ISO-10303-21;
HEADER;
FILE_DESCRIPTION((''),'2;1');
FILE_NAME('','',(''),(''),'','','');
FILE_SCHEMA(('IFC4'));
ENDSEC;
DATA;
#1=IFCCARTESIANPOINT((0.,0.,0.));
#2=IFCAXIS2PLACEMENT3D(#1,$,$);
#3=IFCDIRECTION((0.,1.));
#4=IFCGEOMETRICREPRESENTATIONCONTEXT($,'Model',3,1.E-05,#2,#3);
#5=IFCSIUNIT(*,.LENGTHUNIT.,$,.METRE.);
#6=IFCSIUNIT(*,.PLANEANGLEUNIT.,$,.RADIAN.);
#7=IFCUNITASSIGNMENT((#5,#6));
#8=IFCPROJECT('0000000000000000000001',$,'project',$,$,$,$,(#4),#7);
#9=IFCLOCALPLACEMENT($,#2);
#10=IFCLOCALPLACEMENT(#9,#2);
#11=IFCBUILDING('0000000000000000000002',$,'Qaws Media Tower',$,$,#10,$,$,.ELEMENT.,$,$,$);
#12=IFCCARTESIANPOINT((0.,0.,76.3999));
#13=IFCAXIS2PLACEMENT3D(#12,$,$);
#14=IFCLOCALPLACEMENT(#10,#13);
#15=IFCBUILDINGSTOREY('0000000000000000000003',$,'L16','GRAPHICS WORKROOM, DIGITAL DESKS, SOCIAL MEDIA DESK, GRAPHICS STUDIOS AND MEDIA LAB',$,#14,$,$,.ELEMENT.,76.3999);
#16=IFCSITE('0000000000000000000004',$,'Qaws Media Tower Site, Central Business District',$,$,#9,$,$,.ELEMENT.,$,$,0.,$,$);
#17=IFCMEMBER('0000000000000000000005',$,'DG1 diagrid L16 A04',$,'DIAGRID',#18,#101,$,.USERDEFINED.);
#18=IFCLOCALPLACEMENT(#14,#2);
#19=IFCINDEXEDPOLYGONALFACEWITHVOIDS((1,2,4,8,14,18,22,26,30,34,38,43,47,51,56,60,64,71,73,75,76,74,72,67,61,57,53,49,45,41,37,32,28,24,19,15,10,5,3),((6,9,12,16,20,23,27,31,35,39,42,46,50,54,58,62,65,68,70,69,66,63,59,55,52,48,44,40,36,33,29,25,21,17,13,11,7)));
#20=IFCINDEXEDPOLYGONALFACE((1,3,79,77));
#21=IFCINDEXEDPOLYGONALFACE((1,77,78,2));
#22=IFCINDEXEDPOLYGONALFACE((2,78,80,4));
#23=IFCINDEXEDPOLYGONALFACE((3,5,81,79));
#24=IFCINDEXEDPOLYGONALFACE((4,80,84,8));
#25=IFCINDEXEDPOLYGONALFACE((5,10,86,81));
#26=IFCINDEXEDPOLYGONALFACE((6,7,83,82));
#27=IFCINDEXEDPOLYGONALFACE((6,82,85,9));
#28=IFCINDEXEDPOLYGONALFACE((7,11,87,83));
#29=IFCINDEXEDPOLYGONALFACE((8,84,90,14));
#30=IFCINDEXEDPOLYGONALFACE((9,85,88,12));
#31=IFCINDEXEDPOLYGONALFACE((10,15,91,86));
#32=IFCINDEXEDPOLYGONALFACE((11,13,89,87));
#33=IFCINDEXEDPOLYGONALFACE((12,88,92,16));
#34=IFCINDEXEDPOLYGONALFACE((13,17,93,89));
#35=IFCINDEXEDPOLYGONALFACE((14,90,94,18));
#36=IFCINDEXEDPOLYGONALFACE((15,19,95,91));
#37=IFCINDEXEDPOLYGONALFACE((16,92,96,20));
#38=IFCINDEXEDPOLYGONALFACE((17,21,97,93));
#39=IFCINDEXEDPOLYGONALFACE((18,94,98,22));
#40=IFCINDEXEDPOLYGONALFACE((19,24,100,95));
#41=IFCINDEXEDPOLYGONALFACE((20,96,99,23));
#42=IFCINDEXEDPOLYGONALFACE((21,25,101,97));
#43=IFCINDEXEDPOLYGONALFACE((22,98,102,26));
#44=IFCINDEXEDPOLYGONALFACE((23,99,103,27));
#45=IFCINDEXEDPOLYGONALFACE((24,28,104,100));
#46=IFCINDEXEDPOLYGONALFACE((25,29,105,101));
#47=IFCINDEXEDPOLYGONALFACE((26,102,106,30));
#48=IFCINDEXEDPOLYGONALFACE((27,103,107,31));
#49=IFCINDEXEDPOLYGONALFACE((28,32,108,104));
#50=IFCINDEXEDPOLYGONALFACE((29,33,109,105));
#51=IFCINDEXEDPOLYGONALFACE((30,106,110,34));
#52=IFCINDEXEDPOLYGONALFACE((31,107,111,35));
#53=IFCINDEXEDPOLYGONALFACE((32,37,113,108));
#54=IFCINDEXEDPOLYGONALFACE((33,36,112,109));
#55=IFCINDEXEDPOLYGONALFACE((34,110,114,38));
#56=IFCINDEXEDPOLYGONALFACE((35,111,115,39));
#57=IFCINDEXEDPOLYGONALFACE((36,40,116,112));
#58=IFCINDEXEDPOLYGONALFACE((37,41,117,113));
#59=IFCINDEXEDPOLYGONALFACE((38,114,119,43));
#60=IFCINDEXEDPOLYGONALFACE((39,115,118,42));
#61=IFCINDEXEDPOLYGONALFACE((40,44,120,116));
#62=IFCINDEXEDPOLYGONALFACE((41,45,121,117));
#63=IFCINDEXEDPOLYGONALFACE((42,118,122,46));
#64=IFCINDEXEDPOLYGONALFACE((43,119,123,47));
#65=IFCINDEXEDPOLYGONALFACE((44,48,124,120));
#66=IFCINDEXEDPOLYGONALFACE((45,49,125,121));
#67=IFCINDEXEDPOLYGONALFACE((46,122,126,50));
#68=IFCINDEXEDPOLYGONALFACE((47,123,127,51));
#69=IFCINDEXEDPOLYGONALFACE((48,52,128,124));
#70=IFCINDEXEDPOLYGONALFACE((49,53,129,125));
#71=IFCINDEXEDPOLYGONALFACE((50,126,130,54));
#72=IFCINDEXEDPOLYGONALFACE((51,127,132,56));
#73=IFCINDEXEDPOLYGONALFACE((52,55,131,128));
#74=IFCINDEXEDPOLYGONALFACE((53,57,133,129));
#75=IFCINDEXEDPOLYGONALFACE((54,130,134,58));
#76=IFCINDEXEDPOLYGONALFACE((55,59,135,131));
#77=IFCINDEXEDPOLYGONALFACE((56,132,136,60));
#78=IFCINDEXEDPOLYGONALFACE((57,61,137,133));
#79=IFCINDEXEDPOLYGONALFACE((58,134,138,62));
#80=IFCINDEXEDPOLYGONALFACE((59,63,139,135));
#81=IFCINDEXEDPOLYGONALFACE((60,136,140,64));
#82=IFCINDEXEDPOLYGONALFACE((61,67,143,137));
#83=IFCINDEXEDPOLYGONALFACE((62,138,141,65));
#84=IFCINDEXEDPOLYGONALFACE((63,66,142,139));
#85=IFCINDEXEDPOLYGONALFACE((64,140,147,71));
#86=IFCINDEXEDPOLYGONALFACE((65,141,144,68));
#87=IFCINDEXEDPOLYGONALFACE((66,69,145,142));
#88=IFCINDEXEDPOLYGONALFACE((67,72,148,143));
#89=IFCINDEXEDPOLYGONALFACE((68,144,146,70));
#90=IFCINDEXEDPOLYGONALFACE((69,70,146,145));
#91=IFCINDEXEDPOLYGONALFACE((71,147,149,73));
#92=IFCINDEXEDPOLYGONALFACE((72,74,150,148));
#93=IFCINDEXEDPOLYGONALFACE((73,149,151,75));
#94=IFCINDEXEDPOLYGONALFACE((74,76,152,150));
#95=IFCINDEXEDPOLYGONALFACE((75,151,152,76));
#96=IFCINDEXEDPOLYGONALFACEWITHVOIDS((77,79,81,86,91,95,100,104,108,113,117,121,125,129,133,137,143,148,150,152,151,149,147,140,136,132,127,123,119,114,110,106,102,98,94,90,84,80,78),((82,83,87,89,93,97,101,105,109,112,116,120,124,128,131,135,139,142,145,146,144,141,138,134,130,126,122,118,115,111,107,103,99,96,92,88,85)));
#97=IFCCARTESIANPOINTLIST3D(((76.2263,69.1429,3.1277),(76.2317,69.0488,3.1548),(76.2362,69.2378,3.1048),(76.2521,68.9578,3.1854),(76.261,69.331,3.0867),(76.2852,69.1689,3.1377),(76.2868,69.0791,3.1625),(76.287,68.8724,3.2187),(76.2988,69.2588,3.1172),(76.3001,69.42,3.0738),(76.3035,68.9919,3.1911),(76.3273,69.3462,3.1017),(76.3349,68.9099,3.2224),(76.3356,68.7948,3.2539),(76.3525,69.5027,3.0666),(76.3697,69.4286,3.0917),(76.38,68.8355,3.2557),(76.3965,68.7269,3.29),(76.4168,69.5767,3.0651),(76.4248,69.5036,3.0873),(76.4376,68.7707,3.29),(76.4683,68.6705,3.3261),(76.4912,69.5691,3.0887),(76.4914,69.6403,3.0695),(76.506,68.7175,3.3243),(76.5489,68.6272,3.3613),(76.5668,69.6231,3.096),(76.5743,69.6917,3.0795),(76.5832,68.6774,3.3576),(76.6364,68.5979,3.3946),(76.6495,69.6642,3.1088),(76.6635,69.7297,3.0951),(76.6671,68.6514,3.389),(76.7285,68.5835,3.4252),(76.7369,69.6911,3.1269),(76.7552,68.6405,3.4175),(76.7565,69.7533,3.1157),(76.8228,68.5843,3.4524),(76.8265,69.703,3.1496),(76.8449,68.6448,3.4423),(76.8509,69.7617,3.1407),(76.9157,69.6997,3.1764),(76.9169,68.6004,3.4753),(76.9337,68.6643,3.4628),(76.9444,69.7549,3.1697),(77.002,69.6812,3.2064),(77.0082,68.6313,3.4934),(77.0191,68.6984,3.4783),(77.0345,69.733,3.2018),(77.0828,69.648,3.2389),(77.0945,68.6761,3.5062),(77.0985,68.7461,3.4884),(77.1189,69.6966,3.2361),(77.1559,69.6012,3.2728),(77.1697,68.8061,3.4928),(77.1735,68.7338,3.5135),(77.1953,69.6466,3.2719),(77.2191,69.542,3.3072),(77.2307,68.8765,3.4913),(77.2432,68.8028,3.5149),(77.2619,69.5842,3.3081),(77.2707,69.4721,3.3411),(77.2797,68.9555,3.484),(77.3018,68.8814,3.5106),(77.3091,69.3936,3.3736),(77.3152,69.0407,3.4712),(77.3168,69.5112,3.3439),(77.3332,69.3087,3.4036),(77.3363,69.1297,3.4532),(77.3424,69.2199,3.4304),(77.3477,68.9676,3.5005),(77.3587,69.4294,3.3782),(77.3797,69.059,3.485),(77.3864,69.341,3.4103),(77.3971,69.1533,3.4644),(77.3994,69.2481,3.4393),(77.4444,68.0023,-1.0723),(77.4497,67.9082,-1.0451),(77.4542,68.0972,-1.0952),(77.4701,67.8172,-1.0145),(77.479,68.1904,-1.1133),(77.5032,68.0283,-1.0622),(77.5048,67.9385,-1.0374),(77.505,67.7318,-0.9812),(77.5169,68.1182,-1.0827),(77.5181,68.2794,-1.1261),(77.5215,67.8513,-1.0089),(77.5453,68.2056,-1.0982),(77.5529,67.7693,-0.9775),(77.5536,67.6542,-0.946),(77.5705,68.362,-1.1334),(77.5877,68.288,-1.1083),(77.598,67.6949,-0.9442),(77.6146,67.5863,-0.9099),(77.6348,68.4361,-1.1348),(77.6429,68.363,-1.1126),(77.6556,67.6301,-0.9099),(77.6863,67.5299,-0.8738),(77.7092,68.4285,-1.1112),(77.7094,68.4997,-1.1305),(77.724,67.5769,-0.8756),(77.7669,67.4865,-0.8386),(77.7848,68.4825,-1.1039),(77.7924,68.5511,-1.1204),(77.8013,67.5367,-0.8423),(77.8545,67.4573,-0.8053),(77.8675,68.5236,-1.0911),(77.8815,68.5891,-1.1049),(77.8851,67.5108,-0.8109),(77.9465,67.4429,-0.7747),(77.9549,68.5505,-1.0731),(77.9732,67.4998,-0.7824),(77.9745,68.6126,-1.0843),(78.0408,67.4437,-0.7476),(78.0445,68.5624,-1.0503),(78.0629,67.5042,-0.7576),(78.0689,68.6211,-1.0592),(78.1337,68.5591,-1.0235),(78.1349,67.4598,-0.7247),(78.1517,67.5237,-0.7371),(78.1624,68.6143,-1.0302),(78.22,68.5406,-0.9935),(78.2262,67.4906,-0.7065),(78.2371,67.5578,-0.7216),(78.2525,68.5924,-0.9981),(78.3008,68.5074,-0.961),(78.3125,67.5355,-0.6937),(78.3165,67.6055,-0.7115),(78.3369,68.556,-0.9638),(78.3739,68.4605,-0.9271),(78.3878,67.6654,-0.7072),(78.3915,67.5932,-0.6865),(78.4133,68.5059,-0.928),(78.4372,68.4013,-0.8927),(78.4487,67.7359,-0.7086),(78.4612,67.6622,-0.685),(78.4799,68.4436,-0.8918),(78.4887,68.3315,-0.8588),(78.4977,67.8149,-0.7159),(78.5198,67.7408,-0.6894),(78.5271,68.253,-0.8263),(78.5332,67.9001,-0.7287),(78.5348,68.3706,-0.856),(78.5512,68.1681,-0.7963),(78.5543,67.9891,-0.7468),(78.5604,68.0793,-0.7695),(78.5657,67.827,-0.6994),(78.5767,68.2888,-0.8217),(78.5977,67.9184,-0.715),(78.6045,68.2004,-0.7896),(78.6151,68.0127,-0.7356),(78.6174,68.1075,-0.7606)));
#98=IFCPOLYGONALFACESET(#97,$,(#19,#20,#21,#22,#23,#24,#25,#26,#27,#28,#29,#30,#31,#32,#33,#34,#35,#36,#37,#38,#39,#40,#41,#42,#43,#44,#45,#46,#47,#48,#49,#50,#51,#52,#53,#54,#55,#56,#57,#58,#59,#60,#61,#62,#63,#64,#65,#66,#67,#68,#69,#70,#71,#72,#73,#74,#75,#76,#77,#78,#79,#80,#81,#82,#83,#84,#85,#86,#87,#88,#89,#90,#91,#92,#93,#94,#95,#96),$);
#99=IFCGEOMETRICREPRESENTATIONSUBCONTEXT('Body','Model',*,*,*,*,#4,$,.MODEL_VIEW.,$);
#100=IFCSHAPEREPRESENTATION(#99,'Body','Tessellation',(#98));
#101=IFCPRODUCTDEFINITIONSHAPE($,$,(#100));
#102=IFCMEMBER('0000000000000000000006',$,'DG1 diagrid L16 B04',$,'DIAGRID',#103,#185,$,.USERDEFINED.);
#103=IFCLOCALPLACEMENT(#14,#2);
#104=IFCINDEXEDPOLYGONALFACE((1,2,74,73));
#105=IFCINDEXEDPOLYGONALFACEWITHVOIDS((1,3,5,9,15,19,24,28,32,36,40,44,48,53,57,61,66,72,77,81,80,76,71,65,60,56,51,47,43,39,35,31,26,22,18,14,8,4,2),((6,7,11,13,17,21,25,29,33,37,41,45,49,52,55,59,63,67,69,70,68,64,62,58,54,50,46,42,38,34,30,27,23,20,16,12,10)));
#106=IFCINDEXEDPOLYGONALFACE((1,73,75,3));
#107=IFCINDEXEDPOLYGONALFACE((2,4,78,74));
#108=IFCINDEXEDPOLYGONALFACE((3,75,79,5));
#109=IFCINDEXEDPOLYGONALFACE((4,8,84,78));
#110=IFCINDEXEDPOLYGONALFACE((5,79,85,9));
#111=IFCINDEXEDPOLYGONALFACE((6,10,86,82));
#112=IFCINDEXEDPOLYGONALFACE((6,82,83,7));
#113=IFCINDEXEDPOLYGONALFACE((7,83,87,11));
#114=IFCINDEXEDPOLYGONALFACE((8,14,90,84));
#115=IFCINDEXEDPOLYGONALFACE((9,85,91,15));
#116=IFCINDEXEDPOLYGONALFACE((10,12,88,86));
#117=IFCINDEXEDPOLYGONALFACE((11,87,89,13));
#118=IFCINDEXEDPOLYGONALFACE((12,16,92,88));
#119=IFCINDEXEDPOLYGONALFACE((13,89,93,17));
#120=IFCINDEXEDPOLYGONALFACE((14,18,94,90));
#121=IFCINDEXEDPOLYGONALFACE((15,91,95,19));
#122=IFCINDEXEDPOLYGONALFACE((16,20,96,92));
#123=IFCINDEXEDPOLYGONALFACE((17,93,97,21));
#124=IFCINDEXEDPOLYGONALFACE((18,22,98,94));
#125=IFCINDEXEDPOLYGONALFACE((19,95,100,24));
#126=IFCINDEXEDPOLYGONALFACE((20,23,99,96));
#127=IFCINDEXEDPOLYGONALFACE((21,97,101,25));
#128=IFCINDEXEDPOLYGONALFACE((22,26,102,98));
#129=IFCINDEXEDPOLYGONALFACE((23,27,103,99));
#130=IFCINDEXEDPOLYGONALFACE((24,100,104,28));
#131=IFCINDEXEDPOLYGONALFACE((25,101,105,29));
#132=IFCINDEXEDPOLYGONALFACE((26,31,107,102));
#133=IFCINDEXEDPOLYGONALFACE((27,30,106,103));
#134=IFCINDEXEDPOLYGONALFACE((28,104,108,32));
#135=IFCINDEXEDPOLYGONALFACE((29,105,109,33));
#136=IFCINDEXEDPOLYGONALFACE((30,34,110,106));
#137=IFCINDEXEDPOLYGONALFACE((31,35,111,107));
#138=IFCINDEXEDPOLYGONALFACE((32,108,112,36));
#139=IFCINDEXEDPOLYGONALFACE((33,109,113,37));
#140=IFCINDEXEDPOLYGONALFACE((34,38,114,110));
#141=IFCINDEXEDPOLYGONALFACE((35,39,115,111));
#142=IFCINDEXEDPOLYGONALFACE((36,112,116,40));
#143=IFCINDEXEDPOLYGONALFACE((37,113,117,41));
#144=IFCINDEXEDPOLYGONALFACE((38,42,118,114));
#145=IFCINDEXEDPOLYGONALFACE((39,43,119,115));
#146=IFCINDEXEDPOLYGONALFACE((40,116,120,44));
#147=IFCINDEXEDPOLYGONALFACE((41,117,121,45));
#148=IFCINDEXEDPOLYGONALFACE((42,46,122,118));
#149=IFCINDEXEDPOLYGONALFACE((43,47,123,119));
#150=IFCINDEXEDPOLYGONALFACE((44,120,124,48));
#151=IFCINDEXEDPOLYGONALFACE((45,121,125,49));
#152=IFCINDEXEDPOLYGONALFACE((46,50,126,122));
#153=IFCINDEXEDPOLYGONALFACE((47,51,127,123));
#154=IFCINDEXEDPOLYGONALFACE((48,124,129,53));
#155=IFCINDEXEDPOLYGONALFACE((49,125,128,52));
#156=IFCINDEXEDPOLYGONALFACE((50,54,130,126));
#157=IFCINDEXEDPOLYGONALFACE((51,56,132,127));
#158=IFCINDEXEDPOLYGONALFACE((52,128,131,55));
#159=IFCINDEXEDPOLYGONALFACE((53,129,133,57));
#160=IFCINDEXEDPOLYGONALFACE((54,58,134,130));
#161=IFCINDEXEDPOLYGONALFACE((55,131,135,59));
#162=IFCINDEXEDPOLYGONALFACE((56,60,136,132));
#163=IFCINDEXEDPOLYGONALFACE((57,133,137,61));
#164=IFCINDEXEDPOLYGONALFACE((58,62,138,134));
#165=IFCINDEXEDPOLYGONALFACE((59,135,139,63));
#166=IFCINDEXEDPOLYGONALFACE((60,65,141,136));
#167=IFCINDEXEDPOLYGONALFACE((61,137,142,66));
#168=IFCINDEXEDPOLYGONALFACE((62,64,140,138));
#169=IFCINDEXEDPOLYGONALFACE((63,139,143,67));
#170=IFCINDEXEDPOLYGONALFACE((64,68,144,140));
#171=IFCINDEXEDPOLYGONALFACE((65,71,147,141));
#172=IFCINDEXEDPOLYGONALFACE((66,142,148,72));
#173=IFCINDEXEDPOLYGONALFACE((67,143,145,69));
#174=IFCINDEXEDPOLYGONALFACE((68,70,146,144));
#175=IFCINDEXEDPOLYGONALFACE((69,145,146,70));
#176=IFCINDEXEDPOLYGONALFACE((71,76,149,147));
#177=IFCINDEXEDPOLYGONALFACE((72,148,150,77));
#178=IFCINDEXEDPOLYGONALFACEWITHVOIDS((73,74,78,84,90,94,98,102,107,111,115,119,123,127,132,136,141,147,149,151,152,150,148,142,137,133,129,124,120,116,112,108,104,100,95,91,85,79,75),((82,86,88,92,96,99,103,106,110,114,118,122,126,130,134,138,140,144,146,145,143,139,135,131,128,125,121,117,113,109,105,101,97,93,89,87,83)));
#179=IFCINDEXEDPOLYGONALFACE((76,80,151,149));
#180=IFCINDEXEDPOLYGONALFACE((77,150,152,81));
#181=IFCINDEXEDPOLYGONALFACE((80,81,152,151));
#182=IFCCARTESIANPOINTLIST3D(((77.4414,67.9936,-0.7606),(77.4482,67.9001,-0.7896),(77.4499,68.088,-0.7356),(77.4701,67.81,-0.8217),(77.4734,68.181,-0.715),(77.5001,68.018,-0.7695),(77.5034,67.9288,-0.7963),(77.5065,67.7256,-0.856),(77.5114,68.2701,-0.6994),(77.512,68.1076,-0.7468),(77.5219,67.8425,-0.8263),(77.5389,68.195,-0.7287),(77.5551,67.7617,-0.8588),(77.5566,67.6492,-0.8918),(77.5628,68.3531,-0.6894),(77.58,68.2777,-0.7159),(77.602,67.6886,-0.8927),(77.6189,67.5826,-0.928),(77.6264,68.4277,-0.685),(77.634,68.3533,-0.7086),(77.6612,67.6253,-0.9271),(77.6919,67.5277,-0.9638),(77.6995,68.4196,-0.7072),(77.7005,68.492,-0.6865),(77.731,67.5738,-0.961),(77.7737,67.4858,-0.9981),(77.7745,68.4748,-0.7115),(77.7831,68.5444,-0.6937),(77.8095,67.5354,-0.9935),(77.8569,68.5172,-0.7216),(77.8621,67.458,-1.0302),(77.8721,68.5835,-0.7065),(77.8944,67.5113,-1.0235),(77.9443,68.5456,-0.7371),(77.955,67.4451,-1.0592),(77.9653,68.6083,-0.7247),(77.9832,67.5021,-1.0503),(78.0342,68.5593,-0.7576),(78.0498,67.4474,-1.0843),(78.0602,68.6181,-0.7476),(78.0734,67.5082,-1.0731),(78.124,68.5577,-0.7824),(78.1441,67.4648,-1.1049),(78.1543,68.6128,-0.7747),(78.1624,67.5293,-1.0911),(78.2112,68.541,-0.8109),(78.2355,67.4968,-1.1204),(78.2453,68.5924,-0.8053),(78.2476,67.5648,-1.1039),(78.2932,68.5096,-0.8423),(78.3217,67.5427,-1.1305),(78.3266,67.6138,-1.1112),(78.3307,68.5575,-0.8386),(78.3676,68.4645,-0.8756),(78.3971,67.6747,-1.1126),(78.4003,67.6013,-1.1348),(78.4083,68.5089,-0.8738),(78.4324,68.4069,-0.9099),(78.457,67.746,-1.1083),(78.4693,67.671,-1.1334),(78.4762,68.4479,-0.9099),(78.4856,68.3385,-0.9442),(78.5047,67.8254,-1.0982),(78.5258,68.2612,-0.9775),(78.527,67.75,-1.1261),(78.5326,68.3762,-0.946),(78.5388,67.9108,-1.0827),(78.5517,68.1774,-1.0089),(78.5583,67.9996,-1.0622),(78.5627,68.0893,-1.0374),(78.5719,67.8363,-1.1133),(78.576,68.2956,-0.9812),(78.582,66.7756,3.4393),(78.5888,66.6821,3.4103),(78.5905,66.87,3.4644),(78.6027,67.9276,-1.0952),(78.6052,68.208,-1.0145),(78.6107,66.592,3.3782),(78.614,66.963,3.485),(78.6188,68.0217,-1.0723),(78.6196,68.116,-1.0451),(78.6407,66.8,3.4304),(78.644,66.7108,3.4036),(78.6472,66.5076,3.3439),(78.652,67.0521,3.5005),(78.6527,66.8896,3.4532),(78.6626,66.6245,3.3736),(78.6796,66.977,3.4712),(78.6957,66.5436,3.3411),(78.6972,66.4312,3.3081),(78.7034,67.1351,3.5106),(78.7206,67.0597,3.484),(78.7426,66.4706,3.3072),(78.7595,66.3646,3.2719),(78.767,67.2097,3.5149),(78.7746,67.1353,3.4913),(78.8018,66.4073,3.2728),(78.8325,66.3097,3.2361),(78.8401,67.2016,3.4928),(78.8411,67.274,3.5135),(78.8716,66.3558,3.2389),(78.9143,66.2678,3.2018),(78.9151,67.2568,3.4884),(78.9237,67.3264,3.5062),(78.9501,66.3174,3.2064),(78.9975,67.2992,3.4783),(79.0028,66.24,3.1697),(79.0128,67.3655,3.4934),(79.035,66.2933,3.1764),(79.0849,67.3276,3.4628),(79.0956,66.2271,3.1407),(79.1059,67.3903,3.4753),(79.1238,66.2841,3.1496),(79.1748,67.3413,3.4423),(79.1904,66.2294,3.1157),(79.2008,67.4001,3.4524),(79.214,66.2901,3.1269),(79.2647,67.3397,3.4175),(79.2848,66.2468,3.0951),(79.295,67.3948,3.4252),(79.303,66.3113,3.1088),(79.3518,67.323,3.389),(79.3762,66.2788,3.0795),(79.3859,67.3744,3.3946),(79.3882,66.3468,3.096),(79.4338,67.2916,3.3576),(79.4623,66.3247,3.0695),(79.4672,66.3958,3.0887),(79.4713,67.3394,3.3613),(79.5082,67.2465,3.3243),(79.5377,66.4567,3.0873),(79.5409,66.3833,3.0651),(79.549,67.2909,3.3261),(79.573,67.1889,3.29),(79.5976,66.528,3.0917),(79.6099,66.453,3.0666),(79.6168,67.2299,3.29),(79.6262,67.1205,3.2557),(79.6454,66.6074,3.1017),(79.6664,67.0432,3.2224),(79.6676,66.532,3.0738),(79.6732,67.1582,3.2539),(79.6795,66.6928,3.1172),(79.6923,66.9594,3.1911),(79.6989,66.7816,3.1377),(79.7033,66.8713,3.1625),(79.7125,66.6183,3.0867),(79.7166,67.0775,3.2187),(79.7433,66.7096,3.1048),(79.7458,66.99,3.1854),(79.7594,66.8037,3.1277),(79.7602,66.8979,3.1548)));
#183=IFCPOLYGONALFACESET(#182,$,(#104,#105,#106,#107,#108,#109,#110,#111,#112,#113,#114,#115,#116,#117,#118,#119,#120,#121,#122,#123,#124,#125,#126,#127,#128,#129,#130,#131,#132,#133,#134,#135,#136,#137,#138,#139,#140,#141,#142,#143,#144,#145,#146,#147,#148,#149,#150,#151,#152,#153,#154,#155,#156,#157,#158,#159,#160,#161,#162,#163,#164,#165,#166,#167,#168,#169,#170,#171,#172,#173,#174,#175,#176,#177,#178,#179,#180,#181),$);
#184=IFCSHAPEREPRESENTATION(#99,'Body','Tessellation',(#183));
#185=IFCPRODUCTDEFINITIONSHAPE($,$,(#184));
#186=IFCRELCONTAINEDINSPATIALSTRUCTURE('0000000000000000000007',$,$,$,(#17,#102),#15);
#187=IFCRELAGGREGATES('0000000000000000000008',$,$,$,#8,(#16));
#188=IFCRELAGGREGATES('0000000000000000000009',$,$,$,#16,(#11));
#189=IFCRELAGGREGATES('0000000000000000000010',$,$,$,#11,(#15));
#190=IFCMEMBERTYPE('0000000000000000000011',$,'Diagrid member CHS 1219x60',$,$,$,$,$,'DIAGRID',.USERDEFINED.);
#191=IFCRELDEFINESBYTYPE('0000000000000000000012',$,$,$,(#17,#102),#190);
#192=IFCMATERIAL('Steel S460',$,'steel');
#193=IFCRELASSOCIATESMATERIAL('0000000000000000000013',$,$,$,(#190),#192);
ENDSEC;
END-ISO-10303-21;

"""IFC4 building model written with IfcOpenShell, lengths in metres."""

from ifc_helpers import new_model, si_unit, direction, frame, origin, origin_2d, place, context, subcontext, project, spatial, hollow_circle, extrude, material, material_profile, profile_set, type_object, element, save


model = new_model("IFC4")

# Units and contexts
model_context = context("Model", 3, precision=1e-05, world=origin(), true_north=direction((0.0, 1.0)))
body_context = subcontext(model_context, "Body", "Model", "MODEL_VIEW")
ifc_project = project(units=[si_unit("LENGTHUNIT", "METRE"), si_unit("PLANEANGLEUNIT", "RADIAN")], contexts=[model_context])

# Site, building, storey
site_placement = place(None, origin())
site = spatial("IfcSite", under=ifc_project, at=site_placement, Name="Qaws Media Tower Site, Central Business District", CompositionType="ELEMENT", RefElevation=0.0)
building_placement = place(site_placement, origin())
building = spatial("IfcBuilding", under=site, at=building_placement, Name="Qaws Media Tower", CompositionType="ELEMENT")
storey_placement = place(building_placement, frame((0.0, 0.0, 76.3999)))
storey = spatial("IfcBuildingStorey", under=building, at=storey_placement, Name="L16", Description="GRAPHICS WORKROOM, DIGITAL DESKS, SOCIAL MEDIA DESK, GRAPHICS STUDIOS AND MEDIA LAB", CompositionType="ELEMENT", Elevation=76.3999)

# Members
ifc_material_1 = material(Name="Steel S460", Category="steel")
ifc_material_profile_1 = material_profile(ifc_material_1, hollow_circle(Radius=0.6096, WallThickness=0.0601, at=origin_2d()), Name="CHS 1219x60")
ifc_profile_set_1 = profile_set([ifc_material_profile_1], Name="Steel S460")
member_type_1 = type_object("IfcMemberType", Name="Diagrid member CHS 1219x60", ElementType="DIAGRID", PredefinedType="USERDEFINED", material=ifc_profile_set_1)
for number, where, z_axis, x_axis, name in (
    (1, (78.0312, 68.0312, -0.9099), (-0.269514, 0.252389, 0.929334), (-0.683537, -0.729916, 0.0), "DG1 diagrid L16 A04"),
    (2, (78.0312, 68.0312, -0.9099), (0.252389, -0.269514, 0.929334), (0.729916, 0.683537, 0.0), "DG1 diagrid L16 B04"),
):
    element("IfcMember", number, at=place(storey_placement, frame(where, z_axis=z_axis, x_axis=x_axis)), inside=storey, type_object=member_type_1, Name=name, ObjectType="DIAGRID", PredefinedType="USERDEFINED", context=body_context, shape_type="SweptSolid", body=[
        extrude(hollow_circle(Radius=0.6096, WallThickness=0.0601, at=origin_2d()), origin(), (0.0, 0.0, 1.0), 4.5193),
    ])

save(model, "model.ifc")
